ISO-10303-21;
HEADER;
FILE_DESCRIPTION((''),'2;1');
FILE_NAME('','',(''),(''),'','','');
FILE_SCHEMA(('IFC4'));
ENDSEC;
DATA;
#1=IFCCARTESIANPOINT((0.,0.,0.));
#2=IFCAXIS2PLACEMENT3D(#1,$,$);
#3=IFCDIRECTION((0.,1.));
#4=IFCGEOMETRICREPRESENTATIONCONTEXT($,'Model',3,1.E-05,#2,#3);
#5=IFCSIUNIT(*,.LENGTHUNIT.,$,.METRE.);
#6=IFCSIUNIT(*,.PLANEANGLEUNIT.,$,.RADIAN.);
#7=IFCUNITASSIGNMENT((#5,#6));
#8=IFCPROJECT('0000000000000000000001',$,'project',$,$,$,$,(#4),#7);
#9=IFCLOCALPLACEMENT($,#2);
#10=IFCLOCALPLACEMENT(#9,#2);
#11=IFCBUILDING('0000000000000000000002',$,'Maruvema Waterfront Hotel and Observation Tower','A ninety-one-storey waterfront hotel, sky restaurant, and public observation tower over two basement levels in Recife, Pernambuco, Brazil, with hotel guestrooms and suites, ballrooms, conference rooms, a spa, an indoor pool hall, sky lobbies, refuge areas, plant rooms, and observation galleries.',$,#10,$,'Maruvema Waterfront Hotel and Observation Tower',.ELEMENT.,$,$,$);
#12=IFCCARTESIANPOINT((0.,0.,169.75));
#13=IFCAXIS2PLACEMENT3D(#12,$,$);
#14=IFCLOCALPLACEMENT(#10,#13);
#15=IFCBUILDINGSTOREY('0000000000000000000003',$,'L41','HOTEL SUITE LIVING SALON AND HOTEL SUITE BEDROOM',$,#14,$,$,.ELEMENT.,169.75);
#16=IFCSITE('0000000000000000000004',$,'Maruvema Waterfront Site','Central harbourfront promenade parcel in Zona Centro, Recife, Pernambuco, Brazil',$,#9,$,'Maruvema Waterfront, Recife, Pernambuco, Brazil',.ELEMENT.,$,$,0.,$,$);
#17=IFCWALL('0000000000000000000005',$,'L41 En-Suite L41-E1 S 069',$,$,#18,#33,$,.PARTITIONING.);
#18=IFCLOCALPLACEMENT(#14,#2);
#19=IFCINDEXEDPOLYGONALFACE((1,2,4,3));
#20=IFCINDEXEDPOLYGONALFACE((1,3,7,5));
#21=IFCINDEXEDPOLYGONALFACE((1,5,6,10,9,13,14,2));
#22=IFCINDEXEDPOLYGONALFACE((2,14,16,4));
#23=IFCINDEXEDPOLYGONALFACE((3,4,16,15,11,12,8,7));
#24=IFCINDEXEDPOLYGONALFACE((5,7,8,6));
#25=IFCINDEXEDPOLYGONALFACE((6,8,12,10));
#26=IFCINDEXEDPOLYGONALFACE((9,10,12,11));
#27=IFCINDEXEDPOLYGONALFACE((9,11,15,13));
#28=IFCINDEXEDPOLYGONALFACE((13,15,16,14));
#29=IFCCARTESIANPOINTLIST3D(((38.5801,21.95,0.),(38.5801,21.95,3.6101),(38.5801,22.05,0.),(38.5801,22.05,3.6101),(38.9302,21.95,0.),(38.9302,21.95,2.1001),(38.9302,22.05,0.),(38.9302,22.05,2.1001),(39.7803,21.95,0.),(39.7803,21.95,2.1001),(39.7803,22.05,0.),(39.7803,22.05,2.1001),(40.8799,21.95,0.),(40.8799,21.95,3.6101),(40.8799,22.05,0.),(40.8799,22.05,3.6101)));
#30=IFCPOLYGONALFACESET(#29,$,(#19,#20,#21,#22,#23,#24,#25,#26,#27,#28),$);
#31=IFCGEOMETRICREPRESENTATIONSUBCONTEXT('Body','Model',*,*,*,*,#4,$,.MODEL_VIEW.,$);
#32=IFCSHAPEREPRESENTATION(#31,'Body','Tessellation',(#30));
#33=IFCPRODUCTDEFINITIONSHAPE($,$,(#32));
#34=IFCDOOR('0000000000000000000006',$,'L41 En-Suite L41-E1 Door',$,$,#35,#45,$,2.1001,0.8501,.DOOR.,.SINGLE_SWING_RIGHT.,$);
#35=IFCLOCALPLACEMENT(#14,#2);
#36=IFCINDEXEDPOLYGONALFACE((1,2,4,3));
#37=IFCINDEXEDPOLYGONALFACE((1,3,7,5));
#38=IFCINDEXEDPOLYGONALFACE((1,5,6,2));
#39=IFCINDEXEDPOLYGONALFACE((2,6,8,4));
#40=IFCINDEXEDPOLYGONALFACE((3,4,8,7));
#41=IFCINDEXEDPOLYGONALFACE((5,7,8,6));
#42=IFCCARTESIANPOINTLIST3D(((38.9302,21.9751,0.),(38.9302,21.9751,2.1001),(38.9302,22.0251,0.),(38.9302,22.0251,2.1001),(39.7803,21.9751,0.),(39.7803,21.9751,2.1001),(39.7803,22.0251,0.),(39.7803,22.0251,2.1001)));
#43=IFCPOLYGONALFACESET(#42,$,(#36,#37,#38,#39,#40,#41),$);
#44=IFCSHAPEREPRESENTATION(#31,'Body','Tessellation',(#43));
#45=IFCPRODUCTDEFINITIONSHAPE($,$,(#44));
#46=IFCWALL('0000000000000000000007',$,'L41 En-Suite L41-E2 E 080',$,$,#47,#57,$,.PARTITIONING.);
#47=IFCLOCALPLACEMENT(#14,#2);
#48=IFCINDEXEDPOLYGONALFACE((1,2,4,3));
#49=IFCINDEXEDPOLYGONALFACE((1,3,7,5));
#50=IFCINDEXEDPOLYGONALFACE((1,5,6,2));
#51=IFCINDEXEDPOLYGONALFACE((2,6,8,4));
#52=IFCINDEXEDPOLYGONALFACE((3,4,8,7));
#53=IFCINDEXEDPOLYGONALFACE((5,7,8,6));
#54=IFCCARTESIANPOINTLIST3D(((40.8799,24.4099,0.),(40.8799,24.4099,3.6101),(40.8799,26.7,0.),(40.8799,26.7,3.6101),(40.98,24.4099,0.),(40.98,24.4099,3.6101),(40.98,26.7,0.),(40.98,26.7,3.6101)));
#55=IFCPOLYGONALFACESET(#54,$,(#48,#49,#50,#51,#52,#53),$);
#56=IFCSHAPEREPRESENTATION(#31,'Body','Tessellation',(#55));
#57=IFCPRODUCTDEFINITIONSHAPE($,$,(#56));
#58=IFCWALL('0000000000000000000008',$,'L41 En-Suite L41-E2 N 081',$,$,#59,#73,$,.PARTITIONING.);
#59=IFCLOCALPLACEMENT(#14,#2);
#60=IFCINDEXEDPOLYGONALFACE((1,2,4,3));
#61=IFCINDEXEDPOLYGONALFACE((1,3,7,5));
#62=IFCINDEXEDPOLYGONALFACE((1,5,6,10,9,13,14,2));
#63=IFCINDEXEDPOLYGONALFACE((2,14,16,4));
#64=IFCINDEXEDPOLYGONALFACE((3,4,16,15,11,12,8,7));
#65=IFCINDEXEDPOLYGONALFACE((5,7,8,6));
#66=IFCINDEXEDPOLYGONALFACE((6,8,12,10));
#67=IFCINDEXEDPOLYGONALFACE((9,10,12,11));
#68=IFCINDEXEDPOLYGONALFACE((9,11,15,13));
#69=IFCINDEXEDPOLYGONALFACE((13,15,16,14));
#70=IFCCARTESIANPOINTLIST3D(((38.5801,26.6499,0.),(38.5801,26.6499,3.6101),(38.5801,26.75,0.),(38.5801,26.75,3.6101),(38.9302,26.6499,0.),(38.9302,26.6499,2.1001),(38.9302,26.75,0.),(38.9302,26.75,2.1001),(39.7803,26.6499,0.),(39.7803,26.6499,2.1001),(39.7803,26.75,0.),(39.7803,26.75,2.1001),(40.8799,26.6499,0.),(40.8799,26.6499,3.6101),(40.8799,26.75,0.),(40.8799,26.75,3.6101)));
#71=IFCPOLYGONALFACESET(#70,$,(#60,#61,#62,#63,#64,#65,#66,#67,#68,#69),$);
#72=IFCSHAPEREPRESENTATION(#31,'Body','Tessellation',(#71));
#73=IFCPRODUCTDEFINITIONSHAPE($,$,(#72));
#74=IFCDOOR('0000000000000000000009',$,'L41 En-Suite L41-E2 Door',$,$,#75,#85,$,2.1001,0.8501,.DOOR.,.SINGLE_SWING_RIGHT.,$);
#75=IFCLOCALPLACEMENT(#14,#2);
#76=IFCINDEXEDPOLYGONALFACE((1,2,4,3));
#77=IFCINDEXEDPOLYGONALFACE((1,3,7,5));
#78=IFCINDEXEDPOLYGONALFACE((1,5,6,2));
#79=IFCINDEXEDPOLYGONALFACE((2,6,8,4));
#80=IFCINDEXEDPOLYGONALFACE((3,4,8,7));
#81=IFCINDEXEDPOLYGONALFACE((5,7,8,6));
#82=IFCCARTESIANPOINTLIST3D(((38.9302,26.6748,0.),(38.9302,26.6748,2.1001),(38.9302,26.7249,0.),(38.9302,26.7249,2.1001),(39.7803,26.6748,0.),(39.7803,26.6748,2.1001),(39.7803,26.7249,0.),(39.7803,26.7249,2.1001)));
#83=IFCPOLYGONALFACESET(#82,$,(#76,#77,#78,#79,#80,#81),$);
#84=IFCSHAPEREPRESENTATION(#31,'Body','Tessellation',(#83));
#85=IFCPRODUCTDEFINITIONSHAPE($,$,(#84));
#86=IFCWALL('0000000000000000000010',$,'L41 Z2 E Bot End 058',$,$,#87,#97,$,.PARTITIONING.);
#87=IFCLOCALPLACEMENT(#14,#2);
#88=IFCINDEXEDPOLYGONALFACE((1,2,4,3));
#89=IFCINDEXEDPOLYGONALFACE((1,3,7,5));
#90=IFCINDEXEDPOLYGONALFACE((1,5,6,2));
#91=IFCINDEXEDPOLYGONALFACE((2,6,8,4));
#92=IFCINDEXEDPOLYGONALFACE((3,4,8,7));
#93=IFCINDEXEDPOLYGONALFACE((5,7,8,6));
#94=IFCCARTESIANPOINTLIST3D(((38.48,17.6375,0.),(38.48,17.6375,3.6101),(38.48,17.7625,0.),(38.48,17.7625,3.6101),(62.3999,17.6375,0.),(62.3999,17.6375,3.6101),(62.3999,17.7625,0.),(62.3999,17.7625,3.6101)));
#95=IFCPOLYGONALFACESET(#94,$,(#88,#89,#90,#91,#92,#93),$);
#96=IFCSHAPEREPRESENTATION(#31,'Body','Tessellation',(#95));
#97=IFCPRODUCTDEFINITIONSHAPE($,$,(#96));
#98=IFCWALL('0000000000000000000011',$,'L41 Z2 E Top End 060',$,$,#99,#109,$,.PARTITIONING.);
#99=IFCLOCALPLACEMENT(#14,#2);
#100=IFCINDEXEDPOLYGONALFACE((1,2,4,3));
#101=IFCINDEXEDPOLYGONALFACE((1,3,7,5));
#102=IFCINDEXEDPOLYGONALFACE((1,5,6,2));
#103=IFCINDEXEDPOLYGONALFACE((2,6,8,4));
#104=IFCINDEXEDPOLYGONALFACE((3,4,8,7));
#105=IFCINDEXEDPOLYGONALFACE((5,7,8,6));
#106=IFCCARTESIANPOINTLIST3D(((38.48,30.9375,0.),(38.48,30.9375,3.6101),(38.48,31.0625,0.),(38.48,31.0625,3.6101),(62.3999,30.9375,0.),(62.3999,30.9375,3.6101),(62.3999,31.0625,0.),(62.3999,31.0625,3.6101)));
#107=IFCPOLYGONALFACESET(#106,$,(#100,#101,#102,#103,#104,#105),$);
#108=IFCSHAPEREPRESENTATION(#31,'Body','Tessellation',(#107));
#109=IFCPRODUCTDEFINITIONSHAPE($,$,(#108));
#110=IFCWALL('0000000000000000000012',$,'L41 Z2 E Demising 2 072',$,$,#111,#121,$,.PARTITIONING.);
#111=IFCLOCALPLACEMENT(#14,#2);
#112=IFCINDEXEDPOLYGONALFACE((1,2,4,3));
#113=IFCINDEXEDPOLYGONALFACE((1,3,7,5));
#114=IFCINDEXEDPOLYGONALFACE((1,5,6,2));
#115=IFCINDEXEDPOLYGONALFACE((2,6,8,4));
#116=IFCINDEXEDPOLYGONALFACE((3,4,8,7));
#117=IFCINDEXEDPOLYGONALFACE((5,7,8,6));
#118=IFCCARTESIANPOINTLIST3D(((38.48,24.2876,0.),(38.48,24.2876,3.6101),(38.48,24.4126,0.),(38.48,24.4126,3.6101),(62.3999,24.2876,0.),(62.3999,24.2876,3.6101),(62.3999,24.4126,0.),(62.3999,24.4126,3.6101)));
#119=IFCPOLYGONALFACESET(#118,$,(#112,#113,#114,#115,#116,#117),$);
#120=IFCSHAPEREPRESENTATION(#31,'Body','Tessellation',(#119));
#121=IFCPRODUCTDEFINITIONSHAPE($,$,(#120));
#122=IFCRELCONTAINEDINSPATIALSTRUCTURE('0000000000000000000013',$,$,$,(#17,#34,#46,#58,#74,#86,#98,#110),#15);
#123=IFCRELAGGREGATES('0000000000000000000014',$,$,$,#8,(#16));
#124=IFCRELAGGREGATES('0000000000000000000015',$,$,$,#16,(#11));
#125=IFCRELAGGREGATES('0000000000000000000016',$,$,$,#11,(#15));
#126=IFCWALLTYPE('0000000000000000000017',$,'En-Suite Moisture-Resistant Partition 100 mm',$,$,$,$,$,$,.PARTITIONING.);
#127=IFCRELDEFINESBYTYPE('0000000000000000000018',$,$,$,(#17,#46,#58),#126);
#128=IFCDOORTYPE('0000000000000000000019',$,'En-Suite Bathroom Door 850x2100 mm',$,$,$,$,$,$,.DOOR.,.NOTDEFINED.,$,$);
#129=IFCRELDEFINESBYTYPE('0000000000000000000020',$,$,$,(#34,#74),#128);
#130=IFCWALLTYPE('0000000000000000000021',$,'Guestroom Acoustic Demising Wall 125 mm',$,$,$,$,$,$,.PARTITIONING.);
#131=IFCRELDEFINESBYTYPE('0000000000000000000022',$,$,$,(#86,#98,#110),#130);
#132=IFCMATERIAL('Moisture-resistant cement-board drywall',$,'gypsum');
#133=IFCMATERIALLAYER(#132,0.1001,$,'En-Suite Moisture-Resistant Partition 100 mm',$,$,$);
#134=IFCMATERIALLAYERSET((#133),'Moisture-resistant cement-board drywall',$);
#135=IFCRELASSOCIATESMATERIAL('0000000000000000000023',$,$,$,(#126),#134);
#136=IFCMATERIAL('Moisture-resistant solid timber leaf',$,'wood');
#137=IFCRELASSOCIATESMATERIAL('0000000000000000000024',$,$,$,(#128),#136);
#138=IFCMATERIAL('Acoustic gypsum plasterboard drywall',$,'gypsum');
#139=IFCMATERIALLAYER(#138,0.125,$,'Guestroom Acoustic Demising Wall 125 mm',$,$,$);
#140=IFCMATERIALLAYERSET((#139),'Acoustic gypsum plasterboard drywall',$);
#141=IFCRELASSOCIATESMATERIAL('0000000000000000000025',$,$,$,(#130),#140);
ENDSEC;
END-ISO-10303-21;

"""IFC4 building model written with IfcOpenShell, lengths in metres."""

from ifc_helpers import new_model, si_unit, direction, frame, frame_2d, origin, place, context, subcontext, project, spatial, rectangle, extrude, material, layer, layer_set, type_object, element, fill, save


model = new_model("IFC4")

# Units and contexts
model_context = context("Model", 3, precision=1e-05, world=origin(), true_north=direction((0.0, 1.0)))
body_context = subcontext(model_context, "Body", "Model", "MODEL_VIEW")
ifc_project = project(units=[si_unit("LENGTHUNIT", "METRE"), si_unit("PLANEANGLEUNIT", "RADIAN")], contexts=[model_context])

# Site, building, storey
site_placement = place(None, origin())
site = spatial("IfcSite", under=ifc_project, at=site_placement, Name="Maruvema Waterfront Site", Description="Central harbourfront promenade parcel in Zona Centro, Recife, Pernambuco, Brazil", LongName="Maruvema Waterfront, Recife, Pernambuco, Brazil", CompositionType="ELEMENT", RefElevation=0.0)
building_placement = place(site_placement, origin())
building = spatial("IfcBuilding", under=site, at=building_placement, Name="Maruvema Waterfront Hotel and Observation Tower", Description="A ninety-one-storey waterfront hotel, sky restaurant, and public observation tower over two basement levels in Recife, Pernambuco, Brazil, with hotel guestrooms and suites, ballrooms, conference rooms, a spa, an indoor pool hall, sky lobbies, refuge areas, plant rooms, and observation galleries.", LongName="Maruvema Waterfront Hotel and Observation Tower", CompositionType="ELEMENT")
storey_placement = place(building_placement, frame((0.0, 0.0, 169.75)))
storey = spatial("IfcBuildingStorey", under=building, at=storey_placement, Name="L41", Description="HOTEL SUITE LIVING SALON AND HOTEL SUITE BEDROOM", CompositionType="ELEMENT", Elevation=169.75)

# Shared definitions
ifc_material_1 = material(Name="Moisture-resistant cement-board drywall", Category="gypsum")
ifc_layer_1 = layer(ifc_material_1, 0.1001, Name="En-Suite Moisture-Resistant Partition 100 mm")
ifc_layer_set_1 = layer_set([ifc_layer_1], Name="Moisture-resistant cement-board drywall")
wall_type_1 = type_object("IfcWallType", Name="En-Suite Moisture-Resistant Partition 100 mm", PredefinedType="PARTITIONING", material=ifc_layer_set_1)

# Wall, opening, door
wall_1_placement = place(storey_placement, frame((38.5801, 22.0, 0.0), z_axis=(0.0, 0.0, 1.0), x_axis=(1.0, 0.0, 0.0)))
wall_1 = element("IfcWall", 1, at=wall_1_placement, inside=storey, type_object=wall_type_1, Name="L41 En-Suite L41-E1 S 069", PredefinedType="PARTITIONING", context=body_context, shape_type="SweptSolid", body=[
    extrude(rectangle(XDim=2.2998, YDim=0.1001, at=frame_2d((1.1499, 0.0))), origin(), (0.0, 0.0, 1.0), 3.6101),
])
opening_1_placement = place(wall_1_placement, frame((0.3501, 0.0, 0.0)))
opening_1 = element("IfcOpeningElement", 2, at=opening_1_placement, cuts=wall_1, PredefinedType="OPENING", context=body_context, shape_type="SweptSolid", body=[
    extrude(rectangle(XDim=0.8501, YDim=2.1001, at=frame_2d((0.425, 1.05))), frame((0.0, 0.0601, 0.0), z_axis=(0.0, -1.0, 0.0), x_axis=(1.0, 0.0, 0.0)), (0.0, 0.0, 1.0), 0.1201),
])
ifc_material_2 = material(Name="Moisture-resistant solid timber leaf", Category="wood")
door_type_1 = type_object("IfcDoorType", Name="En-Suite Bathroom Door 850x2100 mm", OperationType="NOTDEFINED", PredefinedType="DOOR", material=ifc_material_2)
door_1_placement = place(opening_1_placement, frame((0.8501, 0.0, 0.0), z_axis=(0.0, 0.0, 1.0), x_axis=(-1.0, 0.0, 0.0)))
door_1 = element("IfcDoor", 3, at=door_1_placement, inside=storey, type_object=door_type_1, Name="L41 En-Suite L41-E1 Door", OperationType="SINGLE_SWING_RIGHT", OverallHeight=2.1001, OverallWidth=0.8501, PredefinedType="DOOR", context=body_context, shape_type="SweptSolid", body=[
    extrude(rectangle(XDim=0.8501, YDim=2.1001, at=frame_2d((0.425, 1.05))), frame((0.0, 0.0249, 0.0), z_axis=(0.0, -1.0, 0.0), x_axis=(1.0, 0.0, 0.0)), (0.0, 0.0, 1.0), 0.05),
])
fill(opening_1, door_1)

# Wall
wall_2_placement = place(storey_placement, frame((40.9299, 24.4099, 0.0), z_axis=(0.0, 0.0, 1.0), x_axis=(0.0, 1.0, 0.0)))
element("IfcWall", 4, at=wall_2_placement, inside=storey, type_object=wall_type_1, Name="L41 En-Suite L41-E2 E 080", PredefinedType="PARTITIONING", context=body_context, shape_type="SweptSolid", body=[
    extrude(rectangle(XDim=2.29, YDim=0.1001, at=frame_2d((1.145, 0.0))), origin(), (0.0, 0.0, 1.0), 3.6101),
])

# Wall, opening, door
wall_3_placement = place(storey_placement, frame((38.5801, 26.7, 0.0), z_axis=(0.0, 0.0, 1.0), x_axis=(1.0, 0.0, 0.0)))
wall_3 = element("IfcWall", 5, at=wall_3_placement, inside=storey, type_object=wall_type_1, Name="L41 En-Suite L41-E2 N 081", PredefinedType="PARTITIONING", context=body_context, shape_type="SweptSolid", body=[
    extrude(rectangle(XDim=2.2998, YDim=0.1001, at=frame_2d((1.1499, 0.0))), origin(), (0.0, 0.0, 1.0), 3.6101),
])
opening_2_placement = place(wall_3_placement, frame((0.3501, 0.0, 0.0)))
opening_2 = element("IfcOpeningElement", 6, at=opening_2_placement, cuts=wall_3, PredefinedType="OPENING", context=body_context, shape_type="SweptSolid", body=[
    extrude(rectangle(XDim=0.8501, YDim=2.1001, at=frame_2d((0.425, 1.05))), frame((0.0, 0.0601, 0.0), z_axis=(0.0, -1.0, 0.0), x_axis=(1.0, 0.0, 0.0)), (0.0, 0.0, 1.0), 0.1201),
])
door_2_placement = place(opening_2_placement, origin())
door_2 = element("IfcDoor", 7, at=door_2_placement, inside=storey, type_object=door_type_1, Name="L41 En-Suite L41-E2 Door", OperationType="SINGLE_SWING_RIGHT", OverallHeight=2.1001, OverallWidth=0.8501, PredefinedType="DOOR", context=body_context, shape_type="SweptSolid", body=[
    extrude(rectangle(XDim=0.8501, YDim=2.1001, at=frame_2d((0.425, 1.05))), frame((0.0, 0.0249, 0.0), z_axis=(0.0, -1.0, 0.0), x_axis=(1.0, 0.0, 0.0)), (0.0, 0.0, 1.0), 0.05),
])
fill(opening_2, door_2)

# Walls
ifc_material_3 = material(Name="Acoustic gypsum plasterboard drywall", Category="gypsum")
ifc_layer_2 = layer(ifc_material_3, 0.125, Name="Guestroom Acoustic Demising Wall 125 mm")
ifc_layer_set_2 = layer_set([ifc_layer_2], Name="Acoustic gypsum plasterboard drywall")
wall_type_2 = type_object("IfcWallType", Name="Guestroom Acoustic Demising Wall 125 mm", PredefinedType="PARTITIONING", material=ifc_layer_set_2)
for number, where, z_axis, x_axis, name in (
    (8, (38.48, 17.7, 0.0), (0.0, 0.0, 1.0), (1.0, 0.0, 0.0), "L41 Z2 E Bot End 058"),
    (9, (38.48, 31.0, 0.0), (0.0, 0.0, 1.0), (1.0, 0.0, 0.0), "L41 Z2 E Top End 060"),
    (10, (38.48, 24.3501, 0.0), (0.0, 0.0, 1.0), (1.0, 0.0, 0.0), "L41 Z2 E Demising 2 072"),
):
    element("IfcWall", number, at=place(storey_placement, frame(where, z_axis=z_axis, x_axis=x_axis)), inside=storey, type_object=wall_type_2, Name=name, PredefinedType="PARTITIONING", context=body_context, shape_type="SweptSolid", body=[
        extrude(rectangle(XDim=23.9199, YDim=0.125, at=frame_2d((11.96, 0.0))), origin(), (0.0, 0.0, 1.0), 3.6101),
    ])

save(model, "model.ifc")
